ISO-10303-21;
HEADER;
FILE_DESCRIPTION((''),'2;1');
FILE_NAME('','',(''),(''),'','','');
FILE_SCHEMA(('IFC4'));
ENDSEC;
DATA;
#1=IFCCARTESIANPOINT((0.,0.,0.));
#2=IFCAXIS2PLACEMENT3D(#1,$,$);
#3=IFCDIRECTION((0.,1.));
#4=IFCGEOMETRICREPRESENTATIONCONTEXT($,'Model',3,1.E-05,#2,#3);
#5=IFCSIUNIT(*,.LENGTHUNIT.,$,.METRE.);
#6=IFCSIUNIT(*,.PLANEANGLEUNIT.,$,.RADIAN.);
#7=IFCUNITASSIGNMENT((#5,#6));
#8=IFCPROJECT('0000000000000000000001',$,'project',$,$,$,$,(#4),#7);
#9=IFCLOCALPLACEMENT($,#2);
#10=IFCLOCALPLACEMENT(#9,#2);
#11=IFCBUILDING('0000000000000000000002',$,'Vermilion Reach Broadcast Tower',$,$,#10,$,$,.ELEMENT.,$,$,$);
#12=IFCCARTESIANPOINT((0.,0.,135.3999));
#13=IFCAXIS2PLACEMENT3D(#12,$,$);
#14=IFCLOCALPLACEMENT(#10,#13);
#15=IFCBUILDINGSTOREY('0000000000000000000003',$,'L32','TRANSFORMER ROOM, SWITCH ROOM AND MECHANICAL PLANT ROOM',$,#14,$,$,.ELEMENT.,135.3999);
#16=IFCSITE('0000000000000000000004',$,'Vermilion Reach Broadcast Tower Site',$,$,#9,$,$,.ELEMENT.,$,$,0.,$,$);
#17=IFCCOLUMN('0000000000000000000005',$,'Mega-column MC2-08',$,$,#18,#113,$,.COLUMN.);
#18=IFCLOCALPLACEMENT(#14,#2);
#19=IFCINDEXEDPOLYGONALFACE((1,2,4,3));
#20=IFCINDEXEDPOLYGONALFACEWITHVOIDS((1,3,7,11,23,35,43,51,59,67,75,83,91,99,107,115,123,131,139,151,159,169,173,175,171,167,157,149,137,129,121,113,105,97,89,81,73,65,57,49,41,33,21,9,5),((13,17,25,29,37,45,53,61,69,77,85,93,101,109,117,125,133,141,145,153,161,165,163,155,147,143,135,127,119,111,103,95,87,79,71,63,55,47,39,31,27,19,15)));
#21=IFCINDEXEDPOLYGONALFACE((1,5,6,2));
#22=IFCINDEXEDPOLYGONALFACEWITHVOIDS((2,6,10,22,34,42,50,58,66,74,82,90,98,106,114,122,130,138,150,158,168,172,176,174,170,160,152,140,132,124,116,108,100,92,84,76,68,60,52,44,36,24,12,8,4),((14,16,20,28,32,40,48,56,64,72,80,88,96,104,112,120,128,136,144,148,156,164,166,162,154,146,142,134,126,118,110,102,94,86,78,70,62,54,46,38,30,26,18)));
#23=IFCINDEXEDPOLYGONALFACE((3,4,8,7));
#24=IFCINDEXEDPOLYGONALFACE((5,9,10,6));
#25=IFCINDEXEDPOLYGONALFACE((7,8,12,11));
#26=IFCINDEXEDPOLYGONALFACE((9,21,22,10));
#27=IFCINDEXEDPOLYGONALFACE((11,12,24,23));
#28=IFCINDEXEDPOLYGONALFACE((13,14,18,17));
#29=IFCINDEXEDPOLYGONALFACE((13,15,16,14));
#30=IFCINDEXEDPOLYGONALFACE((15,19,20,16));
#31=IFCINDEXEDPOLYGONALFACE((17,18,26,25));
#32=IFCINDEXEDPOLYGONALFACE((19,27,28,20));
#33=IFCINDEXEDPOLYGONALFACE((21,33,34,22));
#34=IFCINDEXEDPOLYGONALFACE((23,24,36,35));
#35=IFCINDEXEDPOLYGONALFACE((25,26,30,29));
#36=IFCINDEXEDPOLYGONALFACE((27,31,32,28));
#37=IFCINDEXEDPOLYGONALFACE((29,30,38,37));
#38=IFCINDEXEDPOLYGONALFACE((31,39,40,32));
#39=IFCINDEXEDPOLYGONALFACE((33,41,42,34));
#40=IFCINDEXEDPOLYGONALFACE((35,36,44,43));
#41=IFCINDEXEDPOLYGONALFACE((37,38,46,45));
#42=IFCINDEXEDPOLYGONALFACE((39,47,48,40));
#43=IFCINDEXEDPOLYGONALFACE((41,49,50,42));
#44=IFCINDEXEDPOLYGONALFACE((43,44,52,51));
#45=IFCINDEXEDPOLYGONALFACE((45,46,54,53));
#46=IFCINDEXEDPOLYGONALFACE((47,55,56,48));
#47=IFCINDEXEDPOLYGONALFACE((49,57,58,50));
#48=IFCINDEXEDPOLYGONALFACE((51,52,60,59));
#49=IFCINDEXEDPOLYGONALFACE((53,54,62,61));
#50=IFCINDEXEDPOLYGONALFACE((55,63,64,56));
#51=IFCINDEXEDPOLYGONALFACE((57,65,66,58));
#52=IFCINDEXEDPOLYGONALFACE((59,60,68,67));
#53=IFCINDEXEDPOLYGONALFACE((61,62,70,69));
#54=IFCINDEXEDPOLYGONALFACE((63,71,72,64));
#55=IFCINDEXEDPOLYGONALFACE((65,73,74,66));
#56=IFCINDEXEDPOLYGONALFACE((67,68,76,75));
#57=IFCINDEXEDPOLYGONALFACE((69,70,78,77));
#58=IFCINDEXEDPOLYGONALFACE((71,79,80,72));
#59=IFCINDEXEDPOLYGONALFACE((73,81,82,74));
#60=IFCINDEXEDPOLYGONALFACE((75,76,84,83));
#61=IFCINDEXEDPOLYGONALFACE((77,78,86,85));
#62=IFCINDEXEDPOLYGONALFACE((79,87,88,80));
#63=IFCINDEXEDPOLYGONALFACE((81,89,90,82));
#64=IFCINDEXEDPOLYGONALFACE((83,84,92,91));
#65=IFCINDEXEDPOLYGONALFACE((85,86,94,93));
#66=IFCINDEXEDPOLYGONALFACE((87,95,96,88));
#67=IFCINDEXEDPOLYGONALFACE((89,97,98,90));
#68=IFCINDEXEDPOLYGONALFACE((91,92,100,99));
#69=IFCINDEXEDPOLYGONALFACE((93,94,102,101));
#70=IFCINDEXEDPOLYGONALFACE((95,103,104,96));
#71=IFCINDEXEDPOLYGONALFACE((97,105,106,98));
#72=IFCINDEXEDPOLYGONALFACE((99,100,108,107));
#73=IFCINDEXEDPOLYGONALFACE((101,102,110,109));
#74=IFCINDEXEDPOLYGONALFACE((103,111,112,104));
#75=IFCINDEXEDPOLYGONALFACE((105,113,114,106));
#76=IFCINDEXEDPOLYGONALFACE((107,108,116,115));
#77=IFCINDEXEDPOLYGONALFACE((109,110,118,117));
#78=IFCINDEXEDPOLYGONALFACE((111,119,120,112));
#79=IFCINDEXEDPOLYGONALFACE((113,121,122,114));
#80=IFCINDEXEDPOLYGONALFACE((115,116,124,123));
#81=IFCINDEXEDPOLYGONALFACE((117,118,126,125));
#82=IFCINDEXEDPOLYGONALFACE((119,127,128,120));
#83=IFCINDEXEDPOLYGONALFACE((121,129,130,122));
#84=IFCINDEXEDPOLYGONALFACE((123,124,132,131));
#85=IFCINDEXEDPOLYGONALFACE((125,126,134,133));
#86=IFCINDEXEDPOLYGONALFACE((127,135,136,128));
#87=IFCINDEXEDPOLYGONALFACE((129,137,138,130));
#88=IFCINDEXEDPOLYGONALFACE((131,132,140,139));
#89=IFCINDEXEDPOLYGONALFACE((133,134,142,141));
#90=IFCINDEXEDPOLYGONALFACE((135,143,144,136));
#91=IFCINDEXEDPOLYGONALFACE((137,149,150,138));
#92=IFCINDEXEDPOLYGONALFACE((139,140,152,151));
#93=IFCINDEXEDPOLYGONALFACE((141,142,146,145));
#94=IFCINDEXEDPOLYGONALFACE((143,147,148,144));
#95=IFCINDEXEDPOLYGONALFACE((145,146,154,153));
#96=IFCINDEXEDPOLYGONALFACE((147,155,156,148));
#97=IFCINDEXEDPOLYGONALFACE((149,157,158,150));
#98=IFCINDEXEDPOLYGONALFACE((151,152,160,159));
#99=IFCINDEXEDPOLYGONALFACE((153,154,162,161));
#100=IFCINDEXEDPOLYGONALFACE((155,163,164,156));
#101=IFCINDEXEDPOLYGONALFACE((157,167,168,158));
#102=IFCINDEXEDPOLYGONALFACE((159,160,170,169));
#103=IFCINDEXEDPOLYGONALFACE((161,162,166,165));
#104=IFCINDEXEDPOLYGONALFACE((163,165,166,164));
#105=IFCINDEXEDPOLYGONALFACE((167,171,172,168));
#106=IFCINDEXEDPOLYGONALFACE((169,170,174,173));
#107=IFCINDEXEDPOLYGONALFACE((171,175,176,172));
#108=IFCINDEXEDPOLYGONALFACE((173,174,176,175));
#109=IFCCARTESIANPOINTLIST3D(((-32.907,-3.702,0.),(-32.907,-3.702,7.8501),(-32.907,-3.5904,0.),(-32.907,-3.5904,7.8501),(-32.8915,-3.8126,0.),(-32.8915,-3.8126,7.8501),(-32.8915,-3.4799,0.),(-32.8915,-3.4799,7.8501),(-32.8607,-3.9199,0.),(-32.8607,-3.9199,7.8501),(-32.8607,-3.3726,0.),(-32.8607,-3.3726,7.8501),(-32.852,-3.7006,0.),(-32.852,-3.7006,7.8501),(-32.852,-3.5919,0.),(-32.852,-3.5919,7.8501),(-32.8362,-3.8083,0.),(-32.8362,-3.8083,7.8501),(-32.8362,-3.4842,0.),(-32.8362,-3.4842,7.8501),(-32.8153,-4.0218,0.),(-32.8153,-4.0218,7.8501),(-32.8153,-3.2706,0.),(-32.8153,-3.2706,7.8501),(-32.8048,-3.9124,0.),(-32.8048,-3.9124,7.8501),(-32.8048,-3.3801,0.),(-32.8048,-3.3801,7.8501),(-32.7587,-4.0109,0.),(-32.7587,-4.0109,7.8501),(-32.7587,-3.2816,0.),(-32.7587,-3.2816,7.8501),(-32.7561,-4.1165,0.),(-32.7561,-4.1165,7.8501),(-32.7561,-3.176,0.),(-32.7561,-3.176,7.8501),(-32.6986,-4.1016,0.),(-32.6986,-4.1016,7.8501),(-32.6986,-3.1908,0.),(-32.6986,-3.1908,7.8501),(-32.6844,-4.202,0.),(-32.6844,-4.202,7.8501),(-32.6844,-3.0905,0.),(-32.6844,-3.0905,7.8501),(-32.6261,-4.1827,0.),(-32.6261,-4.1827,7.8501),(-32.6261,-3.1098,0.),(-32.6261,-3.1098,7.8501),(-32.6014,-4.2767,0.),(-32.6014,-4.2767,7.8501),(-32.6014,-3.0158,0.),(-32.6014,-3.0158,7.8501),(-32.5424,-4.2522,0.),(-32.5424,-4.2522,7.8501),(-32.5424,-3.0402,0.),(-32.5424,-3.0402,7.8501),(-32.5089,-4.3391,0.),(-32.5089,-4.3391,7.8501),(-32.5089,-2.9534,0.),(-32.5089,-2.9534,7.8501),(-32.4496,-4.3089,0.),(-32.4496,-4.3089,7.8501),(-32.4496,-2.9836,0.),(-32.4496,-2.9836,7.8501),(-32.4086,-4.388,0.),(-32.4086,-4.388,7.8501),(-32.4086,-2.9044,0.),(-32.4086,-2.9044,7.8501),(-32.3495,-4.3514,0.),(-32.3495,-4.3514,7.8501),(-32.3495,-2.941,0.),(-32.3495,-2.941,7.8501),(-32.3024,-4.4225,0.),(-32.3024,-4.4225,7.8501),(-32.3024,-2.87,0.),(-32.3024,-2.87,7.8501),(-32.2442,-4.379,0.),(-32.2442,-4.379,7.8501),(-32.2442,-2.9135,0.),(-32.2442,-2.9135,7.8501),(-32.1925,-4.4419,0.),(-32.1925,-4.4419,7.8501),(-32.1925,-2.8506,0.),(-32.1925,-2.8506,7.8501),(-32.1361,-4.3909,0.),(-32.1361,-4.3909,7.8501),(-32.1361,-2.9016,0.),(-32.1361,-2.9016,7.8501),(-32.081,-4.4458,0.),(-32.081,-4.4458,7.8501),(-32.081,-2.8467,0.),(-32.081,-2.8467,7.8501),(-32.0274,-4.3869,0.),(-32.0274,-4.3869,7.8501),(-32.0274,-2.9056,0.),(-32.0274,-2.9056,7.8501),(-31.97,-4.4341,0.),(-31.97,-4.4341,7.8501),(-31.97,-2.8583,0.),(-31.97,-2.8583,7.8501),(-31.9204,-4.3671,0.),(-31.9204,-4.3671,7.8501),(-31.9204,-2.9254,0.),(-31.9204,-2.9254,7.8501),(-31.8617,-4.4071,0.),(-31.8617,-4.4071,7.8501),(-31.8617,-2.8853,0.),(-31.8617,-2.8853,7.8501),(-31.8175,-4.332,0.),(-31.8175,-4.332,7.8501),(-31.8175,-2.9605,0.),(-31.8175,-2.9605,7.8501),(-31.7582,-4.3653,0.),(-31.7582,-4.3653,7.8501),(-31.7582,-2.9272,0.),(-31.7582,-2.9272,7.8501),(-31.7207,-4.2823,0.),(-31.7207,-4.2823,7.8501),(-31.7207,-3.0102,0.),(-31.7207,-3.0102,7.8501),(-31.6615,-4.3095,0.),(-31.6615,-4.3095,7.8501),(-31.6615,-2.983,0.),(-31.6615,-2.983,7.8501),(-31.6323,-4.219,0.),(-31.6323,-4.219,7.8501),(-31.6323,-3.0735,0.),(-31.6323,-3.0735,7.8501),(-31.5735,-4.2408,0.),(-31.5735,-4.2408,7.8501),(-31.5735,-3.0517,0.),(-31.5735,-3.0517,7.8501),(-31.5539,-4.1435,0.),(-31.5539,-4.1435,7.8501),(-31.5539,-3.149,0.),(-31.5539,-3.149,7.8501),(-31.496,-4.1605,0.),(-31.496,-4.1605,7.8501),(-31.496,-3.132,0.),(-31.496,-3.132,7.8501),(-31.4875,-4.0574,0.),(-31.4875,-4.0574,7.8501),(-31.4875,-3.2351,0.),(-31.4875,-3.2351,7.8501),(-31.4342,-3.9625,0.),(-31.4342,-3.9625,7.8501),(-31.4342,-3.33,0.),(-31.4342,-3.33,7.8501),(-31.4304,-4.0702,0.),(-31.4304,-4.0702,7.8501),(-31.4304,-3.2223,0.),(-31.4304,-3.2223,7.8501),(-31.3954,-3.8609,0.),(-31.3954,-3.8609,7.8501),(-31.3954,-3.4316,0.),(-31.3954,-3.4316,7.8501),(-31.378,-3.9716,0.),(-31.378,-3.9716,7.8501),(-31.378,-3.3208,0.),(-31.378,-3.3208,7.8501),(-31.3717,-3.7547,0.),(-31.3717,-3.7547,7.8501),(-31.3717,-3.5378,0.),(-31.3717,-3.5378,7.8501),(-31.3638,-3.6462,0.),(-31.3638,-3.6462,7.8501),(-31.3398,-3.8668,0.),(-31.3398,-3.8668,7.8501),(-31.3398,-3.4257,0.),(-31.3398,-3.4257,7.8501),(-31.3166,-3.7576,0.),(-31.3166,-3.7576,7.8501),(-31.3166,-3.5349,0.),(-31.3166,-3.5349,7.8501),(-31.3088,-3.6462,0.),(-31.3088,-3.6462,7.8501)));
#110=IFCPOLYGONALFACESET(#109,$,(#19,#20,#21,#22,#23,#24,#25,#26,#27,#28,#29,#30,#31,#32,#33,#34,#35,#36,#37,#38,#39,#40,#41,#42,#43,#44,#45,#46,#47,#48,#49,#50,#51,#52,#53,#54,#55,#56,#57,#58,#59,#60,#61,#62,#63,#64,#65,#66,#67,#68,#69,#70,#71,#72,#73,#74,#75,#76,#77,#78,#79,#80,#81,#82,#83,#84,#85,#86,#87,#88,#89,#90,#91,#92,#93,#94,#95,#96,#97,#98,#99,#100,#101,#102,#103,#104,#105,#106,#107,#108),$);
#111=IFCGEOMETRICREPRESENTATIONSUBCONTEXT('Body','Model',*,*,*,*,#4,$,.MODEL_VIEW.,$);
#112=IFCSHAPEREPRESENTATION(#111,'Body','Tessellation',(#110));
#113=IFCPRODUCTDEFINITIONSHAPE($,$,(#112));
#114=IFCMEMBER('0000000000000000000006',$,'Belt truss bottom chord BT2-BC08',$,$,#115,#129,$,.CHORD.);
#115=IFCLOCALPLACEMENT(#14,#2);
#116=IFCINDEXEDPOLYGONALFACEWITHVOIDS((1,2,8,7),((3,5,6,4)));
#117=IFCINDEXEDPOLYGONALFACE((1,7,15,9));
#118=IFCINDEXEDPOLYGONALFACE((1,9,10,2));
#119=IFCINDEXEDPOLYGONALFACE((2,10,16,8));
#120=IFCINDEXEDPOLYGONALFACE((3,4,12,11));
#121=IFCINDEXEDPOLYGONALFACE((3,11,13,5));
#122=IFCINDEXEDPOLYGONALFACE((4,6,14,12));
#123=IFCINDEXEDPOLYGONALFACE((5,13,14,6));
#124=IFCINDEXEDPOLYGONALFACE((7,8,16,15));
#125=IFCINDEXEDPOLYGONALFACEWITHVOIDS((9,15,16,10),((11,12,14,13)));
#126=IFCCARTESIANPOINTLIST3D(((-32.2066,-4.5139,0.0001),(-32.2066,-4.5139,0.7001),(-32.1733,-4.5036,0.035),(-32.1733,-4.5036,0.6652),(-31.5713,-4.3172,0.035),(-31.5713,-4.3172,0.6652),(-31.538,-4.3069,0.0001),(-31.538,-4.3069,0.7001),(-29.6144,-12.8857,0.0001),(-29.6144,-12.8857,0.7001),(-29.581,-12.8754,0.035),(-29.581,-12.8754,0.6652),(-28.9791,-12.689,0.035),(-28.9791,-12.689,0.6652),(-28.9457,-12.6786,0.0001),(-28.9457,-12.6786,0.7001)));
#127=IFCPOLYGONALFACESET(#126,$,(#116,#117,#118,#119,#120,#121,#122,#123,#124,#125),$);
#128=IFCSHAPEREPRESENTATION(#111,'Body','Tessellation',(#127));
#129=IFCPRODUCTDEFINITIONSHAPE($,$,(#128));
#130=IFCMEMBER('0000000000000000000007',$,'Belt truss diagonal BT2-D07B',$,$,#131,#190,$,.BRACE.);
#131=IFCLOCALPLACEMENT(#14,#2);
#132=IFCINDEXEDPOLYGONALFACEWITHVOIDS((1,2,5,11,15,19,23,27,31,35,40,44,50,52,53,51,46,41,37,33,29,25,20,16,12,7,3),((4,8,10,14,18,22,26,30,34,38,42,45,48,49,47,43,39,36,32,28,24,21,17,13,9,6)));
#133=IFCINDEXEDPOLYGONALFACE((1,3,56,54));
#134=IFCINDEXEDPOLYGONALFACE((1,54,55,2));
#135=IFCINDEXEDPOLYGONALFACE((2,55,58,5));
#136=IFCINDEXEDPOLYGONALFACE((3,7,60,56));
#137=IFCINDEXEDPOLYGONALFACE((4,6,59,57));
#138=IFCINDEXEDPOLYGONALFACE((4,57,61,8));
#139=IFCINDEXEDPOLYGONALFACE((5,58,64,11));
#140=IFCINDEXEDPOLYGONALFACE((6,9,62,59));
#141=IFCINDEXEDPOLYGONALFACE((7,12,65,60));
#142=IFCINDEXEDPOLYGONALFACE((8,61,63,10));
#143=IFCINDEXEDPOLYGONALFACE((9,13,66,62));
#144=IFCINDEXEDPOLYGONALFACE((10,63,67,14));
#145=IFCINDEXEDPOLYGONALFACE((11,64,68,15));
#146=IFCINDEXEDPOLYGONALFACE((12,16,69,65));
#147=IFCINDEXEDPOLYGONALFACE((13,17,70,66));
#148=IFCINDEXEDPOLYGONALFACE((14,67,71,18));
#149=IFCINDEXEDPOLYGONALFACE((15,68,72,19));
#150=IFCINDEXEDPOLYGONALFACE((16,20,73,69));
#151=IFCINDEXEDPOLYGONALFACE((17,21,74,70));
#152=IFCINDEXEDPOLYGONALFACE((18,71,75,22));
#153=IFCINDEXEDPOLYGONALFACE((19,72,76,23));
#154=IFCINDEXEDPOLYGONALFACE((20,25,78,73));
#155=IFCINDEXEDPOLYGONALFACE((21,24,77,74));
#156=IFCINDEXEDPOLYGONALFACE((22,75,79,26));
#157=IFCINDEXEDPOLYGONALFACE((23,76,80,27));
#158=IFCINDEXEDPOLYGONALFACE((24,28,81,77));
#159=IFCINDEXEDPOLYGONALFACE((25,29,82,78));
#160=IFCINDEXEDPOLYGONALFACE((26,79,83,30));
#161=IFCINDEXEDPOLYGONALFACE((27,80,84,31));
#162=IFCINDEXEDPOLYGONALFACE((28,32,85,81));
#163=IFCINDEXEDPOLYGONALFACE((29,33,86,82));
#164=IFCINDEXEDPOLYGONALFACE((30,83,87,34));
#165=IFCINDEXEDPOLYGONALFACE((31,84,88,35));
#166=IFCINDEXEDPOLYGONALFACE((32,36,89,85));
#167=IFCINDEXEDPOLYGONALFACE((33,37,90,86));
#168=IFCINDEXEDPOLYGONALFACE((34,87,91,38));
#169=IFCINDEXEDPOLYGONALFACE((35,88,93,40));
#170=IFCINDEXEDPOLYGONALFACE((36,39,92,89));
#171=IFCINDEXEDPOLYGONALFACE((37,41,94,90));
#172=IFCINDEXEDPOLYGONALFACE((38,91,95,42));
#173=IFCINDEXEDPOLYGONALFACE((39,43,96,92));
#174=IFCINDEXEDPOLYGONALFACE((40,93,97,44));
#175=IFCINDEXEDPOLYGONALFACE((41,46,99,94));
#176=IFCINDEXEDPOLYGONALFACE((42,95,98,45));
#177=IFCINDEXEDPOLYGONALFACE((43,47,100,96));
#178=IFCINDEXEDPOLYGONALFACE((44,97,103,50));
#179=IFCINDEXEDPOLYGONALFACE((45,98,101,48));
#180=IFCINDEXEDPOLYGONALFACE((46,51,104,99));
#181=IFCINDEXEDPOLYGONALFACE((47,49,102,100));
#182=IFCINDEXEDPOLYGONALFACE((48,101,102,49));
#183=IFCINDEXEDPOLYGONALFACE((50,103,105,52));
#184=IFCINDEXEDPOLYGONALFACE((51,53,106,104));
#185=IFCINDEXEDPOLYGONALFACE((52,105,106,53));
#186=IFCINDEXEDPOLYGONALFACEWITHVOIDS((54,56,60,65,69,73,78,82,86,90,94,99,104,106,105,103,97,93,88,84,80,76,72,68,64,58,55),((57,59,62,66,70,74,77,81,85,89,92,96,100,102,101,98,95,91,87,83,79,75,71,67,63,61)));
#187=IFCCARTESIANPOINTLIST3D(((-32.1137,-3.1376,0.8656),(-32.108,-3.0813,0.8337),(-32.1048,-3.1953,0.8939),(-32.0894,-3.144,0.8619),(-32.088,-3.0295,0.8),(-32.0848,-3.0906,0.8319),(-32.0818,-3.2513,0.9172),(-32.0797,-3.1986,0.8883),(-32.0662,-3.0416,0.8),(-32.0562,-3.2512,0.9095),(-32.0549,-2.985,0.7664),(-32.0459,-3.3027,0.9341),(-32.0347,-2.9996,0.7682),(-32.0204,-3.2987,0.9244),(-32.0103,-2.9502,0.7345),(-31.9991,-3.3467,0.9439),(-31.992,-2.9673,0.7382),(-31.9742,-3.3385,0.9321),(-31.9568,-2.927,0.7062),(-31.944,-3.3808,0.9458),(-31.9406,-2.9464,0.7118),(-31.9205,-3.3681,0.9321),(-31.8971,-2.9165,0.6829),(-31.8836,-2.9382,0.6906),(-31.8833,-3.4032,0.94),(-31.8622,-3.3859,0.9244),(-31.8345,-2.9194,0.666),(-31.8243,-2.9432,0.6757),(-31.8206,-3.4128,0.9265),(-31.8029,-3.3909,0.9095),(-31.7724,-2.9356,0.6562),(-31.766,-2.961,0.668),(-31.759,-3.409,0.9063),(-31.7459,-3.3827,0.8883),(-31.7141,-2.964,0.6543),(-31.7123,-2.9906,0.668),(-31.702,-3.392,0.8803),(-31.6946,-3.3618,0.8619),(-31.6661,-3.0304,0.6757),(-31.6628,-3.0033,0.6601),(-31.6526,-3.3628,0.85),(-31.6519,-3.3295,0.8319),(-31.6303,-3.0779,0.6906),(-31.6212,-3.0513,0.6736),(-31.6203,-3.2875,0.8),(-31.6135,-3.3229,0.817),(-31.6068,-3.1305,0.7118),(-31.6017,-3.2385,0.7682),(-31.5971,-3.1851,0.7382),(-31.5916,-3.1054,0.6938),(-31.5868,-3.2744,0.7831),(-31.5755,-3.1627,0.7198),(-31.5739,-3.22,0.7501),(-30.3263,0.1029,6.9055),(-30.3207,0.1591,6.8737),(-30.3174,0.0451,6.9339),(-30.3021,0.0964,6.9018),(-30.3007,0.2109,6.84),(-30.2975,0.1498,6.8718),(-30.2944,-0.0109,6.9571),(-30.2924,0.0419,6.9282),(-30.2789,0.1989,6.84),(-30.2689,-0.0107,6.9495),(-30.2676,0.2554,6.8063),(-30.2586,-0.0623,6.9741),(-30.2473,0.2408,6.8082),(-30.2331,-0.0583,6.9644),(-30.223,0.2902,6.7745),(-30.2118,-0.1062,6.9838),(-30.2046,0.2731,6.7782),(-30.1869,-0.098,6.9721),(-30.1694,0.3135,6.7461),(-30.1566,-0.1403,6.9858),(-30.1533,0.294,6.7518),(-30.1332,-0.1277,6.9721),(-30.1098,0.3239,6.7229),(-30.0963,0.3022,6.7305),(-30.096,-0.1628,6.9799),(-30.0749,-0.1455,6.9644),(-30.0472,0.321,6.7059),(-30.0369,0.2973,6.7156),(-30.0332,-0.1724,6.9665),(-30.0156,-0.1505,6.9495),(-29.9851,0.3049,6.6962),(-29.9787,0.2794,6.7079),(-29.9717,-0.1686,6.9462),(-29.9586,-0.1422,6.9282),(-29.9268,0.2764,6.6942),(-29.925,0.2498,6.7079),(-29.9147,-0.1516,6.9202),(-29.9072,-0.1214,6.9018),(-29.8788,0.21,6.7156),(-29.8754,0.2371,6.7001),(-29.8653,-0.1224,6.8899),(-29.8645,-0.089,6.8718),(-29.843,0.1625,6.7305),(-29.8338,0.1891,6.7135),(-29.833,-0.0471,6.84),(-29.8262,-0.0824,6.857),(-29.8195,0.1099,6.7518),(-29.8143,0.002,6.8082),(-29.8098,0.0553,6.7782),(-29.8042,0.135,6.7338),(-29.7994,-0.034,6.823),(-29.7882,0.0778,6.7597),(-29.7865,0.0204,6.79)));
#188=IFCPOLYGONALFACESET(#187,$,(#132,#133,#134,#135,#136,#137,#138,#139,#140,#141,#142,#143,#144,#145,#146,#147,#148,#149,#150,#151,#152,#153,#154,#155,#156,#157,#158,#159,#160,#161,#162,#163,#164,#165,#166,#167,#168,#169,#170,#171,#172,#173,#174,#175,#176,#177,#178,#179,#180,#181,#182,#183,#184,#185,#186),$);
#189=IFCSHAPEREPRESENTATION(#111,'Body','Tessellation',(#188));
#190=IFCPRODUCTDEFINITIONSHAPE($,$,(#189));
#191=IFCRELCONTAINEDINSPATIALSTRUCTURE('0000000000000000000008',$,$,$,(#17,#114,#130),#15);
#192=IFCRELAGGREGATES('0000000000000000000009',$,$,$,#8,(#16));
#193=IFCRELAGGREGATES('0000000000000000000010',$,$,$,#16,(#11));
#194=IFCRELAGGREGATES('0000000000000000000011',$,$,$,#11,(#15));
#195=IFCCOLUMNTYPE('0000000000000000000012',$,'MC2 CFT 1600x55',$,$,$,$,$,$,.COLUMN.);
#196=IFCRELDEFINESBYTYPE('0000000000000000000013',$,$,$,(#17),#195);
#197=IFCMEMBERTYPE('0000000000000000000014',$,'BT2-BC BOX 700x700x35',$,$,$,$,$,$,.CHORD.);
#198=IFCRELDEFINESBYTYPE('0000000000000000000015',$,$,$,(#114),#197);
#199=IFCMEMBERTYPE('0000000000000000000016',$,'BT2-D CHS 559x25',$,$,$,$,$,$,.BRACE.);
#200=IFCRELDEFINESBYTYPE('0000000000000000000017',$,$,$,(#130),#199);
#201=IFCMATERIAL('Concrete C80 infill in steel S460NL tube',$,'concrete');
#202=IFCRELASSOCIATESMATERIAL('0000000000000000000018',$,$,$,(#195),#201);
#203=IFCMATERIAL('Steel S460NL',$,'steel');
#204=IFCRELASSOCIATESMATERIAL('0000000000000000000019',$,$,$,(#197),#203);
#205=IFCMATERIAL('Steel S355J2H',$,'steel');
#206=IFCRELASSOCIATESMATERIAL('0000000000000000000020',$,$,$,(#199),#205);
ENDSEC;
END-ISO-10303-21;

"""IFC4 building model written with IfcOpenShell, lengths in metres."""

from ifc_helpers import new_model, si_unit, direction, frame, origin, origin_2d, place, context, subcontext, project, spatial, hollow_rectangle, hollow_circle, extrude, material, material_profile, profile_set, type_object, element, save


model = new_model("IFC4")

# Units and contexts
model_context = context("Model", 3, precision=1e-05, world=origin(), true_north=direction((0.0, 1.0)))
body_context = subcontext(model_context, "Body", "Model", "MODEL_VIEW")
ifc_project = project(units=[si_unit("LENGTHUNIT", "METRE"), si_unit("PLANEANGLEUNIT", "RADIAN")], contexts=[model_context])

# Site, building, storey
site_placement = place(None, origin())
site = spatial("IfcSite", under=ifc_project, at=site_placement, Name="Vermilion Reach Broadcast Tower Site", CompositionType="ELEMENT", RefElevation=0.0)
building_placement = place(site_placement, origin())
building = spatial("IfcBuilding", under=site, at=building_placement, Name="Vermilion Reach Broadcast Tower", CompositionType="ELEMENT")
storey_placement = place(building_placement, frame((0.0, 0.0, 135.3999)))
storey = spatial("IfcBuildingStorey", under=building, at=storey_placement, Name="L32", Description="TRANSFORMER ROOM, SWITCH ROOM AND MECHANICAL PLANT ROOM", CompositionType="ELEMENT", Elevation=135.3999)

# Column
ifc_material_1 = material(Name="Concrete C80 infill in steel S460NL tube", Category="concrete")
ifc_material_profile_1 = material_profile(ifc_material_1, hollow_circle(Radius=0.8, WallThickness=0.0549, at=origin_2d()), Name="Concrete C80 infill in steel S460NL tube CFT 1600x55")
ifc_profile_set_1 = profile_set([ifc_material_profile_1], Name="Concrete C80 infill in steel S460NL tube")
column_type = type_object("IfcColumnType", Name="MC2 CFT 1600x55", PredefinedType="COLUMN", material=ifc_profile_set_1)
column_placement = place(storey_placement, frame((-32.1089, -3.6462, 0.0), z_axis=(0.0, 0.0, 1.0), x_axis=(1.0, 0.0, 0.0)))
element("IfcColumn", 1, at=column_placement, inside=storey, type_object=column_type, Name="Mega-column MC2-08", PredefinedType="COLUMN", context=body_context, shape_type="SweptSolid", body=[
    extrude(hollow_circle(Radius=0.8, WallThickness=0.0549, at=origin_2d()), origin(), (0.0, 0.0, 1.0), 7.8501),
])

# Members
ifc_material_2 = material(Name="Steel S460NL", Category="steel")
ifc_material_profile_2 = material_profile(ifc_material_2, hollow_rectangle(XDim=0.7, YDim=0.7, WallThickness=0.0349, at=origin_2d()), Name="S460NL BOX 700x700x35")
ifc_profile_set_2 = profile_set([ifc_material_profile_2], Name="Steel S460NL")
member_type_1 = type_object("IfcMemberType", Name="BT2-BC BOX 700x700x35", PredefinedType="CHORD", material=ifc_profile_set_2)
member_1_placement = place(storey_placement, frame((-31.8723, -4.4104, 0.3501), z_axis=(0.295788, -0.955253, 0.0), x_axis=(0.955253, 0.295788, 0.0)))
element("IfcMember", 2, at=member_1_placement, inside=storey, type_object=member_type_1, Name="Belt truss bottom chord BT2-BC08", PredefinedType="CHORD", context=body_context, shape_type="SweptSolid", body=[
    extrude(hollow_rectangle(XDim=0.7, YDim=0.7, WallThickness=0.0349, at=origin_2d()), origin(), (0.0, 0.0, 1.0), 8.7639),
])
ifc_material_3 = material(Name="Steel S355J2H", Category="steel")
ifc_material_profile_3 = material_profile(ifc_material_3, hollow_circle(Radius=0.2795, WallThickness=0.0249, at=origin_2d()), Name="S355J2H CHS 559x25")
ifc_profile_set_3 = profile_set([ifc_material_profile_3], Name="Steel S355J2H")
member_type_2 = type_object("IfcMemberType", Name="BT2-D CHS 559x25", PredefinedType="BRACE", material=ifc_profile_set_3)
member_2_placement = place(storey_placement, frame((-31.8433, -3.1646, 0.8), z_axis=(0.252323, 0.457462, 0.852679), x_axis=(-0.875634, 0.482974, 0.0)))
element("IfcMember", 3, at=member_2_placement, inside=storey, type_object=member_type_2, Name="Belt truss diagonal BT2-D07B", PredefinedType="BRACE", context=body_context, shape_type="SweptSolid", body=[
    extrude(hollow_circle(Radius=0.2795, WallThickness=0.0249, at=origin_2d()), origin(), (0.0, 0.0, 1.0), 7.0835),
])

save(model, "model.ifc")
